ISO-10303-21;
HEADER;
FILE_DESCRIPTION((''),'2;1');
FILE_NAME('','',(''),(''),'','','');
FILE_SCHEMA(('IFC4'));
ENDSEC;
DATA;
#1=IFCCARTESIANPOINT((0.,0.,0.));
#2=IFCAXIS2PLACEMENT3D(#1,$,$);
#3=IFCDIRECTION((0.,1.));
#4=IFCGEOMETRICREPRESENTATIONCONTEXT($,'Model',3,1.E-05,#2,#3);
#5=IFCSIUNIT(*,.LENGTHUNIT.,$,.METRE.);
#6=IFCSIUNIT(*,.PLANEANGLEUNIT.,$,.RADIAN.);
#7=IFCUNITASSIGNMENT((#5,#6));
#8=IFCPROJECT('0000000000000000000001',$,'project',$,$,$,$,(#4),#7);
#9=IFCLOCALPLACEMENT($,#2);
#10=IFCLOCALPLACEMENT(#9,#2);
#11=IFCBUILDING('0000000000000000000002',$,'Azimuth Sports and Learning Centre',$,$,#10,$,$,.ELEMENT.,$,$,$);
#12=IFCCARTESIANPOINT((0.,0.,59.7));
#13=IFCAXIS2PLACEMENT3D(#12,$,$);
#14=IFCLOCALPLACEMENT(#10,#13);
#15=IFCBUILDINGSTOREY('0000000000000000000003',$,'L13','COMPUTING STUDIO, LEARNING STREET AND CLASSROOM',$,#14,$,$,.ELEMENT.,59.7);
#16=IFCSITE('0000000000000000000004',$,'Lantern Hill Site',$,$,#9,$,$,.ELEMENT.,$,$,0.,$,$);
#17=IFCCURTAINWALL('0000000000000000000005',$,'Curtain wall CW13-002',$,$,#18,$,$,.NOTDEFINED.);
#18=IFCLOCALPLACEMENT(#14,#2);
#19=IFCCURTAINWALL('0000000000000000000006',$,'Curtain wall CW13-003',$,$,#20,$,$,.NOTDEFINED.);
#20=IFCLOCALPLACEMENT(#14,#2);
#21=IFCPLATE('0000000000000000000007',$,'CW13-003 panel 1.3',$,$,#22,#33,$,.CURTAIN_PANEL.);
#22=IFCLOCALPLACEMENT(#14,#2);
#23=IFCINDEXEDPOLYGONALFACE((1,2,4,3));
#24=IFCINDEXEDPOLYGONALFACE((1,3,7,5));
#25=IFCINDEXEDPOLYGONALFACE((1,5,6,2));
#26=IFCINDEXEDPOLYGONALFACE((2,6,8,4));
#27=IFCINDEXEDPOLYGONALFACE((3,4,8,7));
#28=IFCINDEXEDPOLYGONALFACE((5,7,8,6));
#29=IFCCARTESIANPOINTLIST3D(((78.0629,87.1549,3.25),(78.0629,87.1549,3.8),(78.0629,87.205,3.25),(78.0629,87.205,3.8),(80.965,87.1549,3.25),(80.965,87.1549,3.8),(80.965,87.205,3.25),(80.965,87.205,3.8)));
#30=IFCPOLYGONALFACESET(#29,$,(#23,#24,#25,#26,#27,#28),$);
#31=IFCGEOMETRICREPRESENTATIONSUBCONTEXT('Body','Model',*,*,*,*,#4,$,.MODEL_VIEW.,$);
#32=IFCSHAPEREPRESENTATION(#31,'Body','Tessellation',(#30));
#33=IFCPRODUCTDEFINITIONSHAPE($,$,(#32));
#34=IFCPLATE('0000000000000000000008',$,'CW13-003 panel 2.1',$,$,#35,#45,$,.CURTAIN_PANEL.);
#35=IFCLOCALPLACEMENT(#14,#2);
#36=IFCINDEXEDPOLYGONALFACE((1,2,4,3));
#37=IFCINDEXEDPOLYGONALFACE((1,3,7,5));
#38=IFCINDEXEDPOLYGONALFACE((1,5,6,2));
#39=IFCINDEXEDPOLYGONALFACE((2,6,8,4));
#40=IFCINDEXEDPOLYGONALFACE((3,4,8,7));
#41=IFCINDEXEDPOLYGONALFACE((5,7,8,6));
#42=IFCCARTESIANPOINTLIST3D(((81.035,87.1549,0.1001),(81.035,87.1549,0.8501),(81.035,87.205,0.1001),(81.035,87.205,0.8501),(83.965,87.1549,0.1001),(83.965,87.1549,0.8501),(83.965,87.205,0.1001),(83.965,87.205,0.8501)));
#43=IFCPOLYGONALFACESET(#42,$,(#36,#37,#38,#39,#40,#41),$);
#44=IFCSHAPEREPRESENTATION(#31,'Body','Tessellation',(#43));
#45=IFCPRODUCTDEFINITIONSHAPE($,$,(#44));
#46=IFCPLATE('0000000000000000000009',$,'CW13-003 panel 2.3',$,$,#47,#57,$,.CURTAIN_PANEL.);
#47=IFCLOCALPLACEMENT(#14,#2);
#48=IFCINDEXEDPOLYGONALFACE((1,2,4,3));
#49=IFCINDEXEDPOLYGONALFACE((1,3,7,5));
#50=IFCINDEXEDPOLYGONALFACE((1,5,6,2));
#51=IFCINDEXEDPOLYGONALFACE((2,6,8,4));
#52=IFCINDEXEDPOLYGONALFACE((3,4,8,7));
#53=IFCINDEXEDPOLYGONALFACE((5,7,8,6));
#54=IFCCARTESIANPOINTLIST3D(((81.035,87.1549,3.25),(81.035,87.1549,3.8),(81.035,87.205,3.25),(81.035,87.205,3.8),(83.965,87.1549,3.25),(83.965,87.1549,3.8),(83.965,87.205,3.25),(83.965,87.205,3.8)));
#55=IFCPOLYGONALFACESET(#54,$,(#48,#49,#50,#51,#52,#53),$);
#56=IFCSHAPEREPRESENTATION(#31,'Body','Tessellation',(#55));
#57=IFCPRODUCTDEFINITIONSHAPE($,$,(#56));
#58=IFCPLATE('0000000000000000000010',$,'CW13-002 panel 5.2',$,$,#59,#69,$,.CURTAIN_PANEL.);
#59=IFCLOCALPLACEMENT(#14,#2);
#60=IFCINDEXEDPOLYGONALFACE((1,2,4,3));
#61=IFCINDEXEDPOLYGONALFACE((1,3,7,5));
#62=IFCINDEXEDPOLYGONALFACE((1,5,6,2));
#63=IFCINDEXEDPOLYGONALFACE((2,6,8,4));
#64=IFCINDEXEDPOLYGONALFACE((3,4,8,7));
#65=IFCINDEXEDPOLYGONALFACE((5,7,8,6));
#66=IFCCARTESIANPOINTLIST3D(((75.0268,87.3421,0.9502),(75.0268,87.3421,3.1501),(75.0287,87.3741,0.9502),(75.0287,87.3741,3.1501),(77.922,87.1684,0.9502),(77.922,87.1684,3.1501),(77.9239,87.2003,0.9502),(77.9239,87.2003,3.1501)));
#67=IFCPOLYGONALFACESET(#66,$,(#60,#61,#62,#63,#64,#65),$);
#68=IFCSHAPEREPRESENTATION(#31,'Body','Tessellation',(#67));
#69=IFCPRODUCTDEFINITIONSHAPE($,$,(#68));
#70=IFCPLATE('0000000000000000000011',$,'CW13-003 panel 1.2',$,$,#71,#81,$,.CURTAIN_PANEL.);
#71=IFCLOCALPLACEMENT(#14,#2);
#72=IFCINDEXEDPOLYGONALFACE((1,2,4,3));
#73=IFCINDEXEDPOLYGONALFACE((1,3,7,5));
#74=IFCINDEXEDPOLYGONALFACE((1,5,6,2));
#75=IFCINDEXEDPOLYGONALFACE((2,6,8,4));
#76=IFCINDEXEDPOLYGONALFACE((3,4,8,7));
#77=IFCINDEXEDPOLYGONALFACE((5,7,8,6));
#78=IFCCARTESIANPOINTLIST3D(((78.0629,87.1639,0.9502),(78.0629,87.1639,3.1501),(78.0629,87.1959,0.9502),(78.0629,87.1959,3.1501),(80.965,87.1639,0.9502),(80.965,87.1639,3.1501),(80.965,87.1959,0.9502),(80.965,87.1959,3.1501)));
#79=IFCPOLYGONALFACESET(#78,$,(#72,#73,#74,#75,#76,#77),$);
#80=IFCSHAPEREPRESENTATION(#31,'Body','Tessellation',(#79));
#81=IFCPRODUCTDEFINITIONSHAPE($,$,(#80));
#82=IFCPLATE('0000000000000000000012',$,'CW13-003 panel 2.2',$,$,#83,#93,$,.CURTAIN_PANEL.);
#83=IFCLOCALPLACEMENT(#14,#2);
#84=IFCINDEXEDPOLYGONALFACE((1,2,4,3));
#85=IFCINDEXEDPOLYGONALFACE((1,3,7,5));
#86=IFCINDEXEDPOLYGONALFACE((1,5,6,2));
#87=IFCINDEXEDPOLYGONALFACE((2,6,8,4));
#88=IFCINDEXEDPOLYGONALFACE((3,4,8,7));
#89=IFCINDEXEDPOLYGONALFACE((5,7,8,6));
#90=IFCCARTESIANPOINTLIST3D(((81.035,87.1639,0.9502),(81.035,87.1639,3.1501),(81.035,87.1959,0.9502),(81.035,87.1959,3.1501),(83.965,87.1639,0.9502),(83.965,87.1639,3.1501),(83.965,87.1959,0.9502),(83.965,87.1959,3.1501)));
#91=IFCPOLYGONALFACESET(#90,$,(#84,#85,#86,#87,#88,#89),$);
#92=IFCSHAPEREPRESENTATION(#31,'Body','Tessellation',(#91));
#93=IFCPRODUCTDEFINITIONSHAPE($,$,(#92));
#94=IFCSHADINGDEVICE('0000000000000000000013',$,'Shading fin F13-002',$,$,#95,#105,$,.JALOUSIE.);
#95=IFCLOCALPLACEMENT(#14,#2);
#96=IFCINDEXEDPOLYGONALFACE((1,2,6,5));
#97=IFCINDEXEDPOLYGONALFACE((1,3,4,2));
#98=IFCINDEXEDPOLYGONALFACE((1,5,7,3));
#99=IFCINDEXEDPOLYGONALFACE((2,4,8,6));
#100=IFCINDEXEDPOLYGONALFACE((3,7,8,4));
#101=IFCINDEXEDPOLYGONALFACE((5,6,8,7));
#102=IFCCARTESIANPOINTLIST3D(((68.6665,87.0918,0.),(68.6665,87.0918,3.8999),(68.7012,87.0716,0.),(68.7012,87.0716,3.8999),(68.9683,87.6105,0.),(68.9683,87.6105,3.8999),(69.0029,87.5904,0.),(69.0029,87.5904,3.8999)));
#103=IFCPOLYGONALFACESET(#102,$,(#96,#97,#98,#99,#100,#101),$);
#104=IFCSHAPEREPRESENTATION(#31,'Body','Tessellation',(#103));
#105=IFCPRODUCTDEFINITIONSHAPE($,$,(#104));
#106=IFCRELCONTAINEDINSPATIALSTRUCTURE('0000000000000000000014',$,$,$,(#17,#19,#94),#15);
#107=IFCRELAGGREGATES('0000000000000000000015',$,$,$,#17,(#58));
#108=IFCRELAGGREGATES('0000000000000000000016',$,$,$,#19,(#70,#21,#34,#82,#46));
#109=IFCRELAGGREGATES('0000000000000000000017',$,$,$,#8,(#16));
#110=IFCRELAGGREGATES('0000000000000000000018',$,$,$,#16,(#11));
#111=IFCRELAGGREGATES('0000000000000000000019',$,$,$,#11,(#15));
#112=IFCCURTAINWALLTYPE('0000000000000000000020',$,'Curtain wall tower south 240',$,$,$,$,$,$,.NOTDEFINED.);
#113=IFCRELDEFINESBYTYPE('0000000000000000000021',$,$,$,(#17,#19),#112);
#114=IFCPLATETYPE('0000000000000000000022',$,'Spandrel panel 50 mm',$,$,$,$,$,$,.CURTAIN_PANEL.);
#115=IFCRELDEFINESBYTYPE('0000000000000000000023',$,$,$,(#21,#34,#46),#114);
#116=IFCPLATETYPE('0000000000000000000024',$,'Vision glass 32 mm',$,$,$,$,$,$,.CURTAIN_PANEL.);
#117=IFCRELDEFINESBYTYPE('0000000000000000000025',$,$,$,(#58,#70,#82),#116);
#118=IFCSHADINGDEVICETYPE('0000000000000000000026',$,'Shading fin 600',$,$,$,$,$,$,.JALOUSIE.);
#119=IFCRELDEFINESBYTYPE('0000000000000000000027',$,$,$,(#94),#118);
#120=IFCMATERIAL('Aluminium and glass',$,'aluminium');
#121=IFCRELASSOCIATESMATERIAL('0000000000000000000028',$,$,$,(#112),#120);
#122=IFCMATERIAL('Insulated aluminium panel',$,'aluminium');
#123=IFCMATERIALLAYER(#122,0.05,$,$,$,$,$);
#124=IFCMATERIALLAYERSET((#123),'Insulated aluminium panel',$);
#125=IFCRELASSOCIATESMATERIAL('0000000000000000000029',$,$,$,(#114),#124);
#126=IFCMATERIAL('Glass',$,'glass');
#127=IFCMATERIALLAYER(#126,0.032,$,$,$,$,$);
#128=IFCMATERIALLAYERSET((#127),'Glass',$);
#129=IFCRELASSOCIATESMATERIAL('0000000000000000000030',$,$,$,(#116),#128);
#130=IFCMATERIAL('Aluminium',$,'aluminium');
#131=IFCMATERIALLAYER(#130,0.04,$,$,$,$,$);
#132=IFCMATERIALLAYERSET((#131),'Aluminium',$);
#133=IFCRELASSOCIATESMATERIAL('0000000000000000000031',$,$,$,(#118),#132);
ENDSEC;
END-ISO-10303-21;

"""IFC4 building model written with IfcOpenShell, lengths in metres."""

from ifc_helpers import new_model, si_unit, direction, frame, origin, origin_2d, place, context, subcontext, project, spatial, rectangle, extrude, material, layer, layer_set, type_object, element, aggregate, save


model = new_model("IFC4")

# Units and contexts
model_context = context("Model", 3, precision=1e-05, world=origin(), true_north=direction((0.0, 1.0)))
body_context = subcontext(model_context, "Body", "Model", "MODEL_VIEW")
ifc_project = project(units=[si_unit("LENGTHUNIT", "METRE"), si_unit("PLANEANGLEUNIT", "RADIAN")], contexts=[model_context])

# Site, building, storey
site_placement = place(None, origin())
site = spatial("IfcSite", under=ifc_project, at=site_placement, Name="Lantern Hill Site", CompositionType="ELEMENT", RefElevation=0.0)
building_placement = place(site_placement, origin())
building = spatial("IfcBuilding", under=site, at=building_placement, Name="Azimuth Sports and Learning Centre", CompositionType="ELEMENT")
storey_placement = place(building_placement, frame((0.0, 0.0, 59.7)))
storey = spatial("IfcBuildingStorey", under=building, at=storey_placement, Name="L13", Description="COMPUTING STUDIO, LEARNING STREET AND CLASSROOM", CompositionType="ELEMENT", Elevation=59.7)

# Curtain wall
ifc_material_1 = material(Name="Aluminium and glass", Category="aluminium")
curtain_wall_type = type_object("IfcCurtainWallType", Name="Curtain wall tower south 240", PredefinedType="NOTDEFINED", material=ifc_material_1)
curtain_wall_1_placement = place(storey_placement, origin())
curtain_wall_1 = element("IfcCurtainWall", 1, at=curtain_wall_1_placement, inside=storey, type_object=curtain_wall_type, Name="Curtain wall CW13-002", PredefinedType="NOTDEFINED")

# Curtain wall
curtain_wall_2_placement = place(storey_placement, origin())
curtain_wall_2 = element("IfcCurtainWall", 2, at=curtain_wall_2_placement, inside=storey, type_object=curtain_wall_type, Name="Curtain wall CW13-003", PredefinedType="NOTDEFINED")

# Plates
ifc_material_2 = material(Name="Insulated aluminium panel", Category="aluminium")
ifc_layer_1 = layer(ifc_material_2, 0.05)
ifc_layer_set_1 = layer_set([ifc_layer_1], Name="Insulated aluminium panel")
plate_type_1 = type_object("IfcPlateType", Name="Spandrel panel 50 mm", PredefinedType="CURTAIN_PANEL", material=ifc_layer_set_1)
plate_1_placement = place(storey_placement, frame((79.5139, 87.1799, 3.25), z_axis=(0.0, 0.0, 1.0), x_axis=(1.0, 0.0, 0.0)))
plate_1 = element("IfcPlate", 3, at=plate_1_placement, type_object=plate_type_1, Name="CW13-003 panel 1.3", PredefinedType="CURTAIN_PANEL", context=body_context, shape_type="SweptSolid", body=[
    extrude(rectangle(XDim=2.9021, YDim=0.05, at=origin_2d()), origin(), (0.0, 0.0, 1.0), 0.55),
])
plate_2_placement = place(storey_placement, frame((82.5, 87.1799, 0.1001), z_axis=(0.0, 0.0, 1.0), x_axis=(1.0, 0.0, 0.0)))
plate_2 = element("IfcPlate", 4, at=plate_2_placement, type_object=plate_type_1, Name="CW13-003 panel 2.1", PredefinedType="CURTAIN_PANEL", context=body_context, shape_type="SweptSolid", body=[
    extrude(rectangle(XDim=2.9299, YDim=0.05, at=origin_2d()), origin(), (0.0, 0.0, 1.0), 0.75),
])
plate_3_placement = place(storey_placement, frame((82.5, 87.1799, 3.25), z_axis=(0.0, 0.0, 1.0), x_axis=(1.0, 0.0, 0.0)))
plate_3 = element("IfcPlate", 5, at=plate_3_placement, type_object=plate_type_1, Name="CW13-003 panel 2.3", PredefinedType="CURTAIN_PANEL", context=body_context, shape_type="SweptSolid", body=[
    extrude(rectangle(XDim=2.9299, YDim=0.05, at=origin_2d()), origin(), (0.0, 0.0, 1.0), 0.55),
])
ifc_material_3 = material(Name="Glass", Category="glass")
ifc_layer_2 = layer(ifc_material_3, 0.032)
ifc_layer_set_2 = layer_set([ifc_layer_2], Name="Glass")
plate_type_2 = type_object("IfcPlateType", Name="Vision glass 32 mm", PredefinedType="CURTAIN_PANEL", material=ifc_layer_set_2)
plate_4_placement = place(storey_placement, frame((76.4753, 87.2712, 0.9502), z_axis=(0.0, 0.0, 1.0), x_axis=(0.998205, -0.059892, 0.0)))
plate_4 = element("IfcPlate", 6, at=plate_4_placement, type_object=plate_type_2, Name="CW13-002 panel 5.2", PredefinedType="CURTAIN_PANEL", context=body_context, shape_type="SweptSolid", body=[
    extrude(rectangle(XDim=2.9004, YDim=0.032, at=origin_2d()), origin(), (0.0, 0.0, 1.0), 2.2),
])
aggregate(curtain_wall_1, [plate_4])
plate_5_placement = place(storey_placement, frame((79.5139, 87.1799, 0.9502), z_axis=(0.0, 0.0, 1.0), x_axis=(1.0, 0.0, 0.0)))
plate_5 = element("IfcPlate", 7, at=plate_5_placement, type_object=plate_type_2, Name="CW13-003 panel 1.2", PredefinedType="CURTAIN_PANEL", context=body_context, shape_type="SweptSolid", body=[
    extrude(rectangle(XDim=2.9021, YDim=0.032, at=origin_2d()), origin(), (0.0, 0.0, 1.0), 2.2),
])
plate_6_placement = place(storey_placement, frame((82.5, 87.1799, 0.9502), z_axis=(0.0, 0.0, 1.0), x_axis=(1.0, 0.0, 0.0)))
plate_6 = element("IfcPlate", 8, at=plate_6_placement, type_object=plate_type_2, Name="CW13-003 panel 2.2", PredefinedType="CURTAIN_PANEL", context=body_context, shape_type="SweptSolid", body=[
    extrude(rectangle(XDim=2.9299, YDim=0.032, at=origin_2d()), origin(), (0.0, 0.0, 1.0), 2.2),
])
aggregate(curtain_wall_2, [plate_5, plate_1, plate_2, plate_6, plate_3])

# Shading device
ifc_material_4 = material(Name="Aluminium", Category="aluminium")
ifc_layer_3 = layer(ifc_material_4, 0.04)
ifc_layer_set_3 = layer_set([ifc_layer_3], Name="Aluminium")
shading_device_type = type_object("IfcShadingDeviceType", Name="Shading fin 600", PredefinedType="JALOUSIE", material=ifc_layer_set_3)
shading_device_placement = place(storey_placement, frame((68.8347, 87.3411, 0.0), z_axis=(0.0, 0.0, 1.0), x_axis=(-0.502821, -0.86439, 0.0)))
element("IfcShadingDevice", 9, at=shading_device_placement, inside=storey, type_object=shading_device_type, Name="Shading fin F13-002", PredefinedType="JALOUSIE", context=body_context, shape_type="SweptSolid", body=[
    extrude(rectangle(XDim=0.6001, YDim=0.04, at=origin_2d()), origin(), (0.0, 0.0, 1.0), 3.8999),
])

save(model, "model.ifc")
